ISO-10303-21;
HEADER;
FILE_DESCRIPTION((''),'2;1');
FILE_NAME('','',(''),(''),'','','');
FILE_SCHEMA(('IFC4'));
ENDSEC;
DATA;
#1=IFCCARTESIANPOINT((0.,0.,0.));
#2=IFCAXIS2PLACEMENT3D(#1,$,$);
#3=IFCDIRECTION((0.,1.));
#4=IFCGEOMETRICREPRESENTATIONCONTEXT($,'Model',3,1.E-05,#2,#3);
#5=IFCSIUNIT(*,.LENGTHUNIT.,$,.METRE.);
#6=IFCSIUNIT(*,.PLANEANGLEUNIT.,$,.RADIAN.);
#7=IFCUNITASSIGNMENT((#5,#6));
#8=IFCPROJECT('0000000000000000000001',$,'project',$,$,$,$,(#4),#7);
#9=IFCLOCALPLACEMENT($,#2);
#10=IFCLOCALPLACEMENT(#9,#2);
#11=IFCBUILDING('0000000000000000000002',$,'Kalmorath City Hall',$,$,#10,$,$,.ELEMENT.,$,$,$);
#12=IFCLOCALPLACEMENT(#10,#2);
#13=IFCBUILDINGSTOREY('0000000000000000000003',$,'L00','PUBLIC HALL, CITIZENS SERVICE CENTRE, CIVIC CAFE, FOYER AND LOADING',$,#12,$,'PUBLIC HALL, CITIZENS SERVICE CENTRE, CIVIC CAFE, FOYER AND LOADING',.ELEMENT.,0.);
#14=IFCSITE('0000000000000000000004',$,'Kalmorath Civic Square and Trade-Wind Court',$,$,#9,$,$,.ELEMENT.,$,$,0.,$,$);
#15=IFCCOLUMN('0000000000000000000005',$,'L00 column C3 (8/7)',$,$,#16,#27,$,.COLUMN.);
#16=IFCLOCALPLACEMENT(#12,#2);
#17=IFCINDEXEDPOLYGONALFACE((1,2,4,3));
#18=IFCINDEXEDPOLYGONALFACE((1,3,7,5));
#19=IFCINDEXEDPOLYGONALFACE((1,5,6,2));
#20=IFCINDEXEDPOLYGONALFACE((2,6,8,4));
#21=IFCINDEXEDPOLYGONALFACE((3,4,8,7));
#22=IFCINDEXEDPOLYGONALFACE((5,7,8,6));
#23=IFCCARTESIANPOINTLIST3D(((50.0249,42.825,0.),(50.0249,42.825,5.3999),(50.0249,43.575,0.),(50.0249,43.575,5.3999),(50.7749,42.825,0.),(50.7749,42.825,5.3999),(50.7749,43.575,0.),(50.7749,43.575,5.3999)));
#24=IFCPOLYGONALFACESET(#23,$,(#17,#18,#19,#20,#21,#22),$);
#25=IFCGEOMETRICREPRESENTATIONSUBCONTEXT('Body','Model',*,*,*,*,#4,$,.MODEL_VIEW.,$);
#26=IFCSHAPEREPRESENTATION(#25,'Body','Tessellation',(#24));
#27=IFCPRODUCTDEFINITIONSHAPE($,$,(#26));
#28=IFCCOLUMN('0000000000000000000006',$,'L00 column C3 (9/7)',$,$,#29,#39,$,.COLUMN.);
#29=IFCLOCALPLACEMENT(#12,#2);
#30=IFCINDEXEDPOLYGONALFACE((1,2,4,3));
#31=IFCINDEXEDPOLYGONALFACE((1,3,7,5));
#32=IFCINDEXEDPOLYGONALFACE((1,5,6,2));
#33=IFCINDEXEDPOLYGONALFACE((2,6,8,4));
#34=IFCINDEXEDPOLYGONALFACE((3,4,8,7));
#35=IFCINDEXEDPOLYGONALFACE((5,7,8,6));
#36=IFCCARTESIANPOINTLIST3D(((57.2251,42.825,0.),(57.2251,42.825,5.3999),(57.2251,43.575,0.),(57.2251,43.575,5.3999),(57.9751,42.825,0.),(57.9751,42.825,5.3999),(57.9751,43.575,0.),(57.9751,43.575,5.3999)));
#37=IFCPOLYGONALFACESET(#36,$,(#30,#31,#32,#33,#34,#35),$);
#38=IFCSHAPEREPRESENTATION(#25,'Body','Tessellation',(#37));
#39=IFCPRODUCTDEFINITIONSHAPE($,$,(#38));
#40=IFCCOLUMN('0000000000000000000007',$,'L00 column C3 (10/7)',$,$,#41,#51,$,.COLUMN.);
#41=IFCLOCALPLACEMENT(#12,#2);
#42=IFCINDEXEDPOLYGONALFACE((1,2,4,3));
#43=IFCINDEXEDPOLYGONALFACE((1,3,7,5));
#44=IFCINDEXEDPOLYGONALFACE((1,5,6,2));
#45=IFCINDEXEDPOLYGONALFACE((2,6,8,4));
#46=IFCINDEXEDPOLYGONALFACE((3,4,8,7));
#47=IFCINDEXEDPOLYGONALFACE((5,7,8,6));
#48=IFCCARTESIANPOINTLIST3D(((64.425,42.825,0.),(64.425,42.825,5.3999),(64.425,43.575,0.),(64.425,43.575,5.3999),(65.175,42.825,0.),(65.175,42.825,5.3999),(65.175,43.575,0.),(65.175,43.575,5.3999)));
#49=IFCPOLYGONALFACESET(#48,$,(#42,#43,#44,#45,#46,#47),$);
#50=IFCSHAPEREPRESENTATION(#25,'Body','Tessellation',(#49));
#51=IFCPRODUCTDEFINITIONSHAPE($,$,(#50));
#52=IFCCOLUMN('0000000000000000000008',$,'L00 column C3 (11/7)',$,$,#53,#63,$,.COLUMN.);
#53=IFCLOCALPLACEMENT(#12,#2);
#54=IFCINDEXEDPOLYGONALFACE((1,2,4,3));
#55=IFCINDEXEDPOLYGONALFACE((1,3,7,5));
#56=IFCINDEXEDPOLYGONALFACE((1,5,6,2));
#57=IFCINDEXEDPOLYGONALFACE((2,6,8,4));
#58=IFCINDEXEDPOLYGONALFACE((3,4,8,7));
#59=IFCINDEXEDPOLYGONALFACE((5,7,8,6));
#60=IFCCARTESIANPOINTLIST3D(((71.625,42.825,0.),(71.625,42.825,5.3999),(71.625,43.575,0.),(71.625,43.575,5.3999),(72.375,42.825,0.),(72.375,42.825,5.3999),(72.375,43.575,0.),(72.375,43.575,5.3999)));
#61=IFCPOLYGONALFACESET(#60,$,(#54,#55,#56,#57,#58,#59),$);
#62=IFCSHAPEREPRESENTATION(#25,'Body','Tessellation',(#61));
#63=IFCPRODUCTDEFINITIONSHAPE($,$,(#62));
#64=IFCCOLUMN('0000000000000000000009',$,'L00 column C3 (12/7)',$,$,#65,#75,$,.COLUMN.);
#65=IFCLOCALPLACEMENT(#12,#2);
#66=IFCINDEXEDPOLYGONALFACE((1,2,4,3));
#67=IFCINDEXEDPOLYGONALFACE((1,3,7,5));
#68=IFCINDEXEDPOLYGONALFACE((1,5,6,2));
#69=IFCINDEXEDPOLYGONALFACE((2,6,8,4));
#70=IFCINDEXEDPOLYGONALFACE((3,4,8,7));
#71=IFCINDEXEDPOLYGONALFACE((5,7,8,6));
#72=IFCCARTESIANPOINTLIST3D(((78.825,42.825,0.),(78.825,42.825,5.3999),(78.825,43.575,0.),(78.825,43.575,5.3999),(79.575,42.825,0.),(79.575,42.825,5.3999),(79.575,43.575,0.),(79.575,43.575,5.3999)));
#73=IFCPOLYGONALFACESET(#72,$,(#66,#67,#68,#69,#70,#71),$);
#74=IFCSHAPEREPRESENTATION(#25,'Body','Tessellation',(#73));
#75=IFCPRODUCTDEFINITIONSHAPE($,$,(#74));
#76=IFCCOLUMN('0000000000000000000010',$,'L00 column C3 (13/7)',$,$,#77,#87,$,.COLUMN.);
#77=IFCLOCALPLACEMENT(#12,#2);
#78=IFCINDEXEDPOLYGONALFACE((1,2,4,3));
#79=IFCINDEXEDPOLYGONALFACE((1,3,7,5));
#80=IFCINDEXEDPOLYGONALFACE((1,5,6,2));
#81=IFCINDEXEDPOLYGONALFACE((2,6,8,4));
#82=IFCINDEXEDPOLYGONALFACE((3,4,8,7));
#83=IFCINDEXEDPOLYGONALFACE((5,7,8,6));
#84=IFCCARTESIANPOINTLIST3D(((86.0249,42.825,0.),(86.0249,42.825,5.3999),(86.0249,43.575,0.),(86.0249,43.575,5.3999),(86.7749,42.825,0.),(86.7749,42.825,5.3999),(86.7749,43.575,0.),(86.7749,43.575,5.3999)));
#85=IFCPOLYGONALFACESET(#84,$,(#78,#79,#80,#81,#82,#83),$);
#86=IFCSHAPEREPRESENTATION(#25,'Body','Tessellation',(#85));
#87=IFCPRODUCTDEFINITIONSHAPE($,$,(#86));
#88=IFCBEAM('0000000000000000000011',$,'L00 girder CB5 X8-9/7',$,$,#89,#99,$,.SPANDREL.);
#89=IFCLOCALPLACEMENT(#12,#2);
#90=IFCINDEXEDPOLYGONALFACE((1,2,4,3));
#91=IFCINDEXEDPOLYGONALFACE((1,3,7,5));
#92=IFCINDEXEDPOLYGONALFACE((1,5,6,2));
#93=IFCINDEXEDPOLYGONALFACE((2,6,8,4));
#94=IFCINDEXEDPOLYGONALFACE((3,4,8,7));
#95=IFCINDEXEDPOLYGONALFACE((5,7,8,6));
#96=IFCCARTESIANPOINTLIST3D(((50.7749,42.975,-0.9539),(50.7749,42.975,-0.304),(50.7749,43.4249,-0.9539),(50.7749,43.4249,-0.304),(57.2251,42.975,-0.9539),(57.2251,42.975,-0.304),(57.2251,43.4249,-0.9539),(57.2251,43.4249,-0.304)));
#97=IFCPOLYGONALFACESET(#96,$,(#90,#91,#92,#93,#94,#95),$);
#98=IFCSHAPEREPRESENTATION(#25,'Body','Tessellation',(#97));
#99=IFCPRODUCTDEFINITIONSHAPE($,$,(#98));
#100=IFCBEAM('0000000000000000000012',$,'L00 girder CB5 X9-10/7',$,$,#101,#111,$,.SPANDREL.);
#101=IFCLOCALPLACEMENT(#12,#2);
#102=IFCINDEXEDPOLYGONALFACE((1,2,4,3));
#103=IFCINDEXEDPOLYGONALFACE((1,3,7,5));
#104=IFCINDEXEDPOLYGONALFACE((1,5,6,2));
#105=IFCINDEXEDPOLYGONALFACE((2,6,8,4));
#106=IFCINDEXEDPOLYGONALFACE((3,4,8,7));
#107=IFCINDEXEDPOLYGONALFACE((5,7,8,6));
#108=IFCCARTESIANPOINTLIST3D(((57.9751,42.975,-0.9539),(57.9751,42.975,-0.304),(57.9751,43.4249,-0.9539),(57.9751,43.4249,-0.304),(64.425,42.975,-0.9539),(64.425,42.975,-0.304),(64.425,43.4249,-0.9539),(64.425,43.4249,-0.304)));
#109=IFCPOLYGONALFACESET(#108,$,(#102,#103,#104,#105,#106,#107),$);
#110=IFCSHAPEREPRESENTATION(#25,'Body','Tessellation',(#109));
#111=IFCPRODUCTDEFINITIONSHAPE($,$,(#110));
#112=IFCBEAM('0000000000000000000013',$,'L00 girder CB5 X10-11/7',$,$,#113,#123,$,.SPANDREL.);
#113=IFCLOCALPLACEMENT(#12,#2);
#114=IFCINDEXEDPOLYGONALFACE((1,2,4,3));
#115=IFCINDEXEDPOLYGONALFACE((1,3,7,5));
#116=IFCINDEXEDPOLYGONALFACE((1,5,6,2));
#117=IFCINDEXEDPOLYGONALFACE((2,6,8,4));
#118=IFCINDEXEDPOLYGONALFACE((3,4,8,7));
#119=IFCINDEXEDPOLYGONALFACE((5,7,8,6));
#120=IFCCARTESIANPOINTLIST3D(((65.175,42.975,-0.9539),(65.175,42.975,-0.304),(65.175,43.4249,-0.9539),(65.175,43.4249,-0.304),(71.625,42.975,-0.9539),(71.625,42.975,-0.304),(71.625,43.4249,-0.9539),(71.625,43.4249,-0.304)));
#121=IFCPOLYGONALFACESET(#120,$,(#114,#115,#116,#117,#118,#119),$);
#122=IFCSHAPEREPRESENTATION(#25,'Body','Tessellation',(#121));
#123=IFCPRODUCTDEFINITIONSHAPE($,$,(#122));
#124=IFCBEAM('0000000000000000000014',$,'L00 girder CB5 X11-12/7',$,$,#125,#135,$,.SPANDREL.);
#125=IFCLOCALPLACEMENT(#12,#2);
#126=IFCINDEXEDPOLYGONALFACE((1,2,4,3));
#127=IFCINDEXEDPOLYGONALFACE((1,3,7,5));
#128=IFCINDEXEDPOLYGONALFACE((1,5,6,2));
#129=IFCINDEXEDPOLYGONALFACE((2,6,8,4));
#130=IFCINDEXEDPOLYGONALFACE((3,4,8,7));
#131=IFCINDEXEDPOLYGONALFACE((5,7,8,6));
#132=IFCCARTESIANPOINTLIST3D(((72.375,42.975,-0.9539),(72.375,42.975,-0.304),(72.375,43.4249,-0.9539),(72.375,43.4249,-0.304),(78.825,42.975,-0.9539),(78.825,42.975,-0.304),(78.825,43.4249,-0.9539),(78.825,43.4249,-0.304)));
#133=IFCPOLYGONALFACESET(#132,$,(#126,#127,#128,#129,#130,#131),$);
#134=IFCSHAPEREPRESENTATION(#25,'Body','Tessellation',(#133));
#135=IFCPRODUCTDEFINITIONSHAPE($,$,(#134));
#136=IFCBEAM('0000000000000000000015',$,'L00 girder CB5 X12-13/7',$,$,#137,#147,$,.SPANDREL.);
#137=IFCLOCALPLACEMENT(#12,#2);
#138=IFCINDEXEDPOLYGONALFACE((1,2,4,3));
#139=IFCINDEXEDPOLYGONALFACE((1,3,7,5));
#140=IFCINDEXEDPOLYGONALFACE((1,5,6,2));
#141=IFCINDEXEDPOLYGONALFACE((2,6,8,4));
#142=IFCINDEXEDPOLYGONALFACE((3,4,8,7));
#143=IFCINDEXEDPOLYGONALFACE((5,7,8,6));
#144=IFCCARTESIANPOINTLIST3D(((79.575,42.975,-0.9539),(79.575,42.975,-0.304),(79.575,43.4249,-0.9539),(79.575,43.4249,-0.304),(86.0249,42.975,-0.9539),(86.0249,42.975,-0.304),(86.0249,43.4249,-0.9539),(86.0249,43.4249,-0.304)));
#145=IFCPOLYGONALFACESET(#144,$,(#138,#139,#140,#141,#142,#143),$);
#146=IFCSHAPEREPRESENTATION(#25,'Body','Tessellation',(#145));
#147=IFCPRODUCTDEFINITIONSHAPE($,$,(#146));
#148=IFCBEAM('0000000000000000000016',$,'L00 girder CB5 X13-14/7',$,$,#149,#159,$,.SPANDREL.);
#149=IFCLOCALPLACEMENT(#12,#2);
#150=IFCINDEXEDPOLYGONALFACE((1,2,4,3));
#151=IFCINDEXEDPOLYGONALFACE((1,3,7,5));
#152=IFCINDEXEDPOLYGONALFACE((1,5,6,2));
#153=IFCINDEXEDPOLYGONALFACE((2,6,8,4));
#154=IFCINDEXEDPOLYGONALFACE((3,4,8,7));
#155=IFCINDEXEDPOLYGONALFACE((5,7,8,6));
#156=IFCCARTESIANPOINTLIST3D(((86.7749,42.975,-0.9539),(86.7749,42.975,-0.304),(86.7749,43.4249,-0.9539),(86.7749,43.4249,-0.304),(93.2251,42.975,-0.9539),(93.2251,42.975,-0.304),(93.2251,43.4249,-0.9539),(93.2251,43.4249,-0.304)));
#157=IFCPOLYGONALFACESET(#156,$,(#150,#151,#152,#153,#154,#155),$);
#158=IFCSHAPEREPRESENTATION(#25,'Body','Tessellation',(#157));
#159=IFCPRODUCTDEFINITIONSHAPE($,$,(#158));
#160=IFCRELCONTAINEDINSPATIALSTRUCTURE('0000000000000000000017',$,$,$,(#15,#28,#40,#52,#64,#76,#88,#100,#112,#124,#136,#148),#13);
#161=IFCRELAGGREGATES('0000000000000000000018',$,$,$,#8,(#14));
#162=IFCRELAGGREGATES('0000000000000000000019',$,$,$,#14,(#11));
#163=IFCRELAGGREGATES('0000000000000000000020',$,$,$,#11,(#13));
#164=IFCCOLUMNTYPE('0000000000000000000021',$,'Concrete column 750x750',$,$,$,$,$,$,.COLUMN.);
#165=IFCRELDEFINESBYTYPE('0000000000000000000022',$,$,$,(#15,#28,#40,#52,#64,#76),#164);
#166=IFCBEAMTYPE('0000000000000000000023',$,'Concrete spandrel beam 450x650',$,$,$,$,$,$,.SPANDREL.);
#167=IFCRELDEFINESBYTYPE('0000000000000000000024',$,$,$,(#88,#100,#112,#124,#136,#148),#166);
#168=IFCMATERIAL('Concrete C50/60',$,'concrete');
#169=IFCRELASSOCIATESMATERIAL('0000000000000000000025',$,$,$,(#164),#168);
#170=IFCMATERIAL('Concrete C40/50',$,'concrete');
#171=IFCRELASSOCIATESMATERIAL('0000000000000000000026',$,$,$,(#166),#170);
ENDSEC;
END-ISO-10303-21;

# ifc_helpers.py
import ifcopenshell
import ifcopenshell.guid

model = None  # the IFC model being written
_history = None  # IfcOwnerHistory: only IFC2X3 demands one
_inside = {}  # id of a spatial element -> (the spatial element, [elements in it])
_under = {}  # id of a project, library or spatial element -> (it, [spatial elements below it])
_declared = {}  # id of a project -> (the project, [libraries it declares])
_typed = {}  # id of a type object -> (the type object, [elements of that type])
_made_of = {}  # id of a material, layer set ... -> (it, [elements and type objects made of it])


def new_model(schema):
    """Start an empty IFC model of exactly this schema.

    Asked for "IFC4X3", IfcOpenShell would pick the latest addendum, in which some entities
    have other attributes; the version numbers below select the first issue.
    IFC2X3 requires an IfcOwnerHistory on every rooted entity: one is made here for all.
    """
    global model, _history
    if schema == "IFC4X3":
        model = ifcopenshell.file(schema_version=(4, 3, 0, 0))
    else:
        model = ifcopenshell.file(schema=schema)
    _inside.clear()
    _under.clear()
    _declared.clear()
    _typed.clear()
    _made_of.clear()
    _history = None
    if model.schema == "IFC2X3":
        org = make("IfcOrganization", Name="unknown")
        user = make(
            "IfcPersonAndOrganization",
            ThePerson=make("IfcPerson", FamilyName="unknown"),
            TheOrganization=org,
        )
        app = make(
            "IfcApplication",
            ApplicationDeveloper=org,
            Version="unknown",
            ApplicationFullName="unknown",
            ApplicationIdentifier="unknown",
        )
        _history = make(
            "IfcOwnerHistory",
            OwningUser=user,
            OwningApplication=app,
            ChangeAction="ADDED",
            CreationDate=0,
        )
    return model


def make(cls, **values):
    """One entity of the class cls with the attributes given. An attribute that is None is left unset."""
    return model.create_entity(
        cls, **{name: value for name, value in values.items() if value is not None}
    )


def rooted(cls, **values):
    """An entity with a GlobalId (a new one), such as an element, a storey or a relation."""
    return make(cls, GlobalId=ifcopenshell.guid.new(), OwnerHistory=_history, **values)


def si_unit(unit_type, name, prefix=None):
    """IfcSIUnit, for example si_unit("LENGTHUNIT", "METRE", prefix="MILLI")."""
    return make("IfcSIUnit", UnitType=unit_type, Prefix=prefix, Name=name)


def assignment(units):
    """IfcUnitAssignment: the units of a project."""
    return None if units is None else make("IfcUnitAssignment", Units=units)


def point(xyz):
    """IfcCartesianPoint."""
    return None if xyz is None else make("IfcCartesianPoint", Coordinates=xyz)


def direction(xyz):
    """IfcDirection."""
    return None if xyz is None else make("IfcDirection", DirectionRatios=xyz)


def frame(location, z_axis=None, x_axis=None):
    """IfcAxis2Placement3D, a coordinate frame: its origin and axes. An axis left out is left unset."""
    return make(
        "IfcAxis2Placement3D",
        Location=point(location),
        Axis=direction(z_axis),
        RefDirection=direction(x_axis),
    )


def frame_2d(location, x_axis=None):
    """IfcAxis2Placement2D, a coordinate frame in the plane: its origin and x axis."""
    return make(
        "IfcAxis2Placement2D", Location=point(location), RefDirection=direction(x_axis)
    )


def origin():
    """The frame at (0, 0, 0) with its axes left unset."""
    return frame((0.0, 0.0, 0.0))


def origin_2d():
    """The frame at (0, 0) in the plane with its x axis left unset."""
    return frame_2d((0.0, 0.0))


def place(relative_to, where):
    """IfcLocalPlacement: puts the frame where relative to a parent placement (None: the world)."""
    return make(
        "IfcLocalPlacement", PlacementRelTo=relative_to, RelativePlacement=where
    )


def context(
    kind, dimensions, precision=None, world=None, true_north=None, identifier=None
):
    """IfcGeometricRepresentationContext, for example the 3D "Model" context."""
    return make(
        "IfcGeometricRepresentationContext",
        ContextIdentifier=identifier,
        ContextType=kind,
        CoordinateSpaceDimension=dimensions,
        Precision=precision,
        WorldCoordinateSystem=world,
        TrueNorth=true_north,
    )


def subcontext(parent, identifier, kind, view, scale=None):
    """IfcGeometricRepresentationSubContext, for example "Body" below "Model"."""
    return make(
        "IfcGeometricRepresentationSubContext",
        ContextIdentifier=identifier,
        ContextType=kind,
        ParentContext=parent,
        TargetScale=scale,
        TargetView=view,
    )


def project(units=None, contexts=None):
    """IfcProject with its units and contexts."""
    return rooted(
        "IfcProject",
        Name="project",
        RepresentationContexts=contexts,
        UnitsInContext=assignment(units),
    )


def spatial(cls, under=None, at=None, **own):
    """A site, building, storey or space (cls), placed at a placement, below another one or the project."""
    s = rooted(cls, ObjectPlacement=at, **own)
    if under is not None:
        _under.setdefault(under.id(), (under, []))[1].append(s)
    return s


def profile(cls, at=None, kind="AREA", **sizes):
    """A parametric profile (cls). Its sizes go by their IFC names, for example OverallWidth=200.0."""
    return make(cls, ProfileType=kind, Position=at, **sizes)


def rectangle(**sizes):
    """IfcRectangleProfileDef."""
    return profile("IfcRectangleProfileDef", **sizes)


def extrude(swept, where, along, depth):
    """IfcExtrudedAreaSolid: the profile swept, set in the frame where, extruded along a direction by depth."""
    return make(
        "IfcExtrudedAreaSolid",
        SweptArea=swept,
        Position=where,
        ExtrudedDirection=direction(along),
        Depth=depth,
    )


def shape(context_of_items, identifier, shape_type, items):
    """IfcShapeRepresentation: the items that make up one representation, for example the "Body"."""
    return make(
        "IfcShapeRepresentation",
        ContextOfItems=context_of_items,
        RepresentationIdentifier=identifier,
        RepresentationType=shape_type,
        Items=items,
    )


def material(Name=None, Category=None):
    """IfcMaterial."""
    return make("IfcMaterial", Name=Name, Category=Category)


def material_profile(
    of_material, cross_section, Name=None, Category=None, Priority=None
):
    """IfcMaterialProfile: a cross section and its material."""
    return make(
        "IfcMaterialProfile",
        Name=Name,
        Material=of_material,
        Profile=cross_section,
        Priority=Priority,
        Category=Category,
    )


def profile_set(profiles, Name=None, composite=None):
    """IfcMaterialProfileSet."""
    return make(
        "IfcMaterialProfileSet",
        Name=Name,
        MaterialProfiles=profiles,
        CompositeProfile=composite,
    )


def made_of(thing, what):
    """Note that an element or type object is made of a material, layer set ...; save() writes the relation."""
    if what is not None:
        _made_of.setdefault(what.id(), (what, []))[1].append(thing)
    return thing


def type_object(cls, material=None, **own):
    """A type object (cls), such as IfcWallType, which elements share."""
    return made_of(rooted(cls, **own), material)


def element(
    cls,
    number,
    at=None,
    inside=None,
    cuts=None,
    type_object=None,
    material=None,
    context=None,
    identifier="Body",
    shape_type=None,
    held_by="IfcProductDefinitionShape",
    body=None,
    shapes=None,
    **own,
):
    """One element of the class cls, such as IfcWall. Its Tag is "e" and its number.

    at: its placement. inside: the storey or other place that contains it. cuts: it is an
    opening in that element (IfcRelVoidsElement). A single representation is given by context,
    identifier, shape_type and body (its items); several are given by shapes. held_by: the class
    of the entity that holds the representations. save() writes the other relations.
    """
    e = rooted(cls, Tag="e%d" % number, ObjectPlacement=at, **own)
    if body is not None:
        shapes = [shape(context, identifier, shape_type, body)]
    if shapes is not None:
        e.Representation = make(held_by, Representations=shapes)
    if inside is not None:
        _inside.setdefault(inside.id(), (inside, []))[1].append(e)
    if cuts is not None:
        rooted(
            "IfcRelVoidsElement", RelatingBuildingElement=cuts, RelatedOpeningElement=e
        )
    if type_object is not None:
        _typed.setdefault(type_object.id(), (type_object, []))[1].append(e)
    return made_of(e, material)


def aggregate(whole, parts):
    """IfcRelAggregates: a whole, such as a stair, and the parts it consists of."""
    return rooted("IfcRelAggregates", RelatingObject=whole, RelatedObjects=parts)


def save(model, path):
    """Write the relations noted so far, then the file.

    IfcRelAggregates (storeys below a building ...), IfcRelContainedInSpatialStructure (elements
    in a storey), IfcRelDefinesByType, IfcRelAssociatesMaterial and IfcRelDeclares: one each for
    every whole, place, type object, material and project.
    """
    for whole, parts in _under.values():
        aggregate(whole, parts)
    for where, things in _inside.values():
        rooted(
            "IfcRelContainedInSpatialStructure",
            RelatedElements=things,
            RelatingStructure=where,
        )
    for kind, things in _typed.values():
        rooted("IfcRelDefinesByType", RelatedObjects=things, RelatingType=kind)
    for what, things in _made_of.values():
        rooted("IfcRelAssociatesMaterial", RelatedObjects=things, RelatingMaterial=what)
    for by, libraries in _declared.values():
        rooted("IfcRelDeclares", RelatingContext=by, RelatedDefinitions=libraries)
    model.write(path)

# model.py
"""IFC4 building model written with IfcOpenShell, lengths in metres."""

from ifc_helpers import new_model, si_unit, direction, frame, origin, origin_2d, place, context, subcontext, project, spatial, rectangle, extrude, material, material_profile, profile_set, type_object, element, save


model = new_model("IFC4")

# Units and contexts
model_context = context("Model", 3, precision=1e-05, world=origin(), true_north=direction((0.0, 1.0)))
body_context = subcontext(model_context, "Body", "Model", "MODEL_VIEW")
ifc_project = project(units=[si_unit("LENGTHUNIT", "METRE"), si_unit("PLANEANGLEUNIT", "RADIAN")], contexts=[model_context])

# Site, building, storey
site_placement = place(None, origin())
site = spatial("IfcSite", under=ifc_project, at=site_placement, Name="Kalmorath Civic Square and Trade-Wind Court", CompositionType="ELEMENT", RefElevation=0.0)
building_placement = place(site_placement, origin())
building = spatial("IfcBuilding", under=site, at=building_placement, Name="Kalmorath City Hall", CompositionType="ELEMENT")
storey_placement = place(building_placement, origin())
storey = spatial("IfcBuildingStorey", under=building, at=storey_placement, Name="L00", Description="PUBLIC HALL, CITIZENS SERVICE CENTRE, CIVIC CAFE, FOYER AND LOADING", LongName="PUBLIC HALL, CITIZENS SERVICE CENTRE, CIVIC CAFE, FOYER AND LOADING", CompositionType="ELEMENT", Elevation=0.0)

# Columns
ifc_material_1 = material(Name="Concrete C50/60", Category="concrete")
ifc_material_profile_1 = material_profile(ifc_material_1, rectangle(XDim=0.75, YDim=0.75, at=origin_2d()), Name="RC-COL-750X750")
ifc_profile_set_1 = profile_set([ifc_material_profile_1], Name="Concrete C50/60")
column_type = type_object("IfcColumnType", Name="Concrete column 750x750", PredefinedType="COLUMN", material=ifc_profile_set_1)
for number, where, z_axis, x_axis, name in (
    (1, (50.3999, 43.2, 0.0), (0.0, 0.0, 1.0), (1.0, 0.0, 0.0), "L00 column C3 (8/7)"),
    (2, (57.6001, 43.2, 0.0), (0.0, 0.0, 1.0), (1.0, 0.0, 0.0), "L00 column C3 (9/7)"),
    (3, (64.8, 43.2, 0.0), (0.0, 0.0, 1.0), (1.0, 0.0, 0.0), "L00 column C3 (10/7)"),
    (4, (72.0, 43.2, 0.0), (0.0, 0.0, 1.0), (1.0, 0.0, 0.0), "L00 column C3 (11/7)"),
    (5, (79.2, 43.2, 0.0), (0.0, 0.0, 1.0), (1.0, 0.0, 0.0), "L00 column C3 (12/7)"),
    (6, (86.3999, 43.2, 0.0), (0.0, 0.0, 1.0), (1.0, 0.0, 0.0), "L00 column C3 (13/7)"),
):
    element("IfcColumn", number, at=place(storey_placement, frame(where, z_axis=z_axis, x_axis=x_axis)), inside=storey, type_object=column_type, Name=name, PredefinedType="COLUMN", context=body_context, shape_type="SweptSolid", body=[
        extrude(rectangle(XDim=0.75, YDim=0.75, at=origin_2d()), origin(), (0.0, 0.0, 1.0), 5.3999),
    ])

# Beams
ifc_material_2 = material(Name="Concrete C40/50", Category="concrete")
ifc_material_profile_2 = material_profile(ifc_material_2, rectangle(XDim=0.45, YDim=0.6499, at=origin_2d()), Name="RC-BM-450X650")
ifc_profile_set_2 = profile_set([ifc_material_profile_2], Name="Concrete C40/50")
beam_type = type_object("IfcBeamType", Name="Concrete spandrel beam 450x650", PredefinedType="SPANDREL", material=ifc_profile_set_2)
beam_1_placement = place(storey_placement, frame((50.7749, 43.2, -0.6289), z_axis=(1.0, 0.0, 0.0), x_axis=(0.0, 1.0, 0.0)))
element("IfcBeam", 7, at=beam_1_placement, inside=storey, type_object=beam_type, Name="L00 girder CB5 X8-9/7", PredefinedType="SPANDREL", context=body_context, shape_type="SweptSolid", body=[
    extrude(rectangle(XDim=0.45, YDim=0.6499, at=origin_2d()), origin(), (0.0, 0.0, 1.0), 6.4502),
])
for number, where, z_axis, x_axis, name in (
    (8, (57.9751, 43.2, -0.6289), (1.0, 0.0, 0.0), (0.0, 1.0, 0.0), "L00 girder CB5 X9-10/7"),
    (9, (65.175, 43.2, -0.6289), (1.0, 0.0, 0.0), (0.0, 1.0, 0.0), "L00 girder CB5 X10-11/7"),
    (10, (72.375, 43.2, -0.6289), (1.0, 0.0, 0.0), (0.0, 1.0, 0.0), "L00 girder CB5 X11-12/7"),
    (11, (79.575, 43.2, -0.6289), (1.0, 0.0, 0.0), (0.0, 1.0, 0.0), "L00 girder CB5 X12-13/7"),
):
    element("IfcBeam", number, at=place(storey_placement, frame(where, z_axis=z_axis, x_axis=x_axis)), inside=storey, type_object=beam_type, Name=name, PredefinedType="SPANDREL", context=body_context, shape_type="SweptSolid", body=[
        extrude(rectangle(XDim=0.45, YDim=0.6499, at=origin_2d()), origin(), (0.0, 0.0, 1.0), 6.45),
    ])
beam_2_placement = place(storey_placement, frame((86.7749, 43.2, -0.6289), z_axis=(1.0, 0.0, 0.0), x_axis=(0.0, 1.0, 0.0)))
element("IfcBeam", 12, at=beam_2_placement, inside=storey, type_object=beam_type, Name="L00 girder CB5 X13-14/7", PredefinedType="SPANDREL", context=body_context, shape_type="SweptSolid", body=[
    extrude(rectangle(XDim=0.45, YDim=0.6499, at=origin_2d()), origin(), (0.0, 0.0, 1.0), 6.4502),
])

save(model, "model.ifc")
